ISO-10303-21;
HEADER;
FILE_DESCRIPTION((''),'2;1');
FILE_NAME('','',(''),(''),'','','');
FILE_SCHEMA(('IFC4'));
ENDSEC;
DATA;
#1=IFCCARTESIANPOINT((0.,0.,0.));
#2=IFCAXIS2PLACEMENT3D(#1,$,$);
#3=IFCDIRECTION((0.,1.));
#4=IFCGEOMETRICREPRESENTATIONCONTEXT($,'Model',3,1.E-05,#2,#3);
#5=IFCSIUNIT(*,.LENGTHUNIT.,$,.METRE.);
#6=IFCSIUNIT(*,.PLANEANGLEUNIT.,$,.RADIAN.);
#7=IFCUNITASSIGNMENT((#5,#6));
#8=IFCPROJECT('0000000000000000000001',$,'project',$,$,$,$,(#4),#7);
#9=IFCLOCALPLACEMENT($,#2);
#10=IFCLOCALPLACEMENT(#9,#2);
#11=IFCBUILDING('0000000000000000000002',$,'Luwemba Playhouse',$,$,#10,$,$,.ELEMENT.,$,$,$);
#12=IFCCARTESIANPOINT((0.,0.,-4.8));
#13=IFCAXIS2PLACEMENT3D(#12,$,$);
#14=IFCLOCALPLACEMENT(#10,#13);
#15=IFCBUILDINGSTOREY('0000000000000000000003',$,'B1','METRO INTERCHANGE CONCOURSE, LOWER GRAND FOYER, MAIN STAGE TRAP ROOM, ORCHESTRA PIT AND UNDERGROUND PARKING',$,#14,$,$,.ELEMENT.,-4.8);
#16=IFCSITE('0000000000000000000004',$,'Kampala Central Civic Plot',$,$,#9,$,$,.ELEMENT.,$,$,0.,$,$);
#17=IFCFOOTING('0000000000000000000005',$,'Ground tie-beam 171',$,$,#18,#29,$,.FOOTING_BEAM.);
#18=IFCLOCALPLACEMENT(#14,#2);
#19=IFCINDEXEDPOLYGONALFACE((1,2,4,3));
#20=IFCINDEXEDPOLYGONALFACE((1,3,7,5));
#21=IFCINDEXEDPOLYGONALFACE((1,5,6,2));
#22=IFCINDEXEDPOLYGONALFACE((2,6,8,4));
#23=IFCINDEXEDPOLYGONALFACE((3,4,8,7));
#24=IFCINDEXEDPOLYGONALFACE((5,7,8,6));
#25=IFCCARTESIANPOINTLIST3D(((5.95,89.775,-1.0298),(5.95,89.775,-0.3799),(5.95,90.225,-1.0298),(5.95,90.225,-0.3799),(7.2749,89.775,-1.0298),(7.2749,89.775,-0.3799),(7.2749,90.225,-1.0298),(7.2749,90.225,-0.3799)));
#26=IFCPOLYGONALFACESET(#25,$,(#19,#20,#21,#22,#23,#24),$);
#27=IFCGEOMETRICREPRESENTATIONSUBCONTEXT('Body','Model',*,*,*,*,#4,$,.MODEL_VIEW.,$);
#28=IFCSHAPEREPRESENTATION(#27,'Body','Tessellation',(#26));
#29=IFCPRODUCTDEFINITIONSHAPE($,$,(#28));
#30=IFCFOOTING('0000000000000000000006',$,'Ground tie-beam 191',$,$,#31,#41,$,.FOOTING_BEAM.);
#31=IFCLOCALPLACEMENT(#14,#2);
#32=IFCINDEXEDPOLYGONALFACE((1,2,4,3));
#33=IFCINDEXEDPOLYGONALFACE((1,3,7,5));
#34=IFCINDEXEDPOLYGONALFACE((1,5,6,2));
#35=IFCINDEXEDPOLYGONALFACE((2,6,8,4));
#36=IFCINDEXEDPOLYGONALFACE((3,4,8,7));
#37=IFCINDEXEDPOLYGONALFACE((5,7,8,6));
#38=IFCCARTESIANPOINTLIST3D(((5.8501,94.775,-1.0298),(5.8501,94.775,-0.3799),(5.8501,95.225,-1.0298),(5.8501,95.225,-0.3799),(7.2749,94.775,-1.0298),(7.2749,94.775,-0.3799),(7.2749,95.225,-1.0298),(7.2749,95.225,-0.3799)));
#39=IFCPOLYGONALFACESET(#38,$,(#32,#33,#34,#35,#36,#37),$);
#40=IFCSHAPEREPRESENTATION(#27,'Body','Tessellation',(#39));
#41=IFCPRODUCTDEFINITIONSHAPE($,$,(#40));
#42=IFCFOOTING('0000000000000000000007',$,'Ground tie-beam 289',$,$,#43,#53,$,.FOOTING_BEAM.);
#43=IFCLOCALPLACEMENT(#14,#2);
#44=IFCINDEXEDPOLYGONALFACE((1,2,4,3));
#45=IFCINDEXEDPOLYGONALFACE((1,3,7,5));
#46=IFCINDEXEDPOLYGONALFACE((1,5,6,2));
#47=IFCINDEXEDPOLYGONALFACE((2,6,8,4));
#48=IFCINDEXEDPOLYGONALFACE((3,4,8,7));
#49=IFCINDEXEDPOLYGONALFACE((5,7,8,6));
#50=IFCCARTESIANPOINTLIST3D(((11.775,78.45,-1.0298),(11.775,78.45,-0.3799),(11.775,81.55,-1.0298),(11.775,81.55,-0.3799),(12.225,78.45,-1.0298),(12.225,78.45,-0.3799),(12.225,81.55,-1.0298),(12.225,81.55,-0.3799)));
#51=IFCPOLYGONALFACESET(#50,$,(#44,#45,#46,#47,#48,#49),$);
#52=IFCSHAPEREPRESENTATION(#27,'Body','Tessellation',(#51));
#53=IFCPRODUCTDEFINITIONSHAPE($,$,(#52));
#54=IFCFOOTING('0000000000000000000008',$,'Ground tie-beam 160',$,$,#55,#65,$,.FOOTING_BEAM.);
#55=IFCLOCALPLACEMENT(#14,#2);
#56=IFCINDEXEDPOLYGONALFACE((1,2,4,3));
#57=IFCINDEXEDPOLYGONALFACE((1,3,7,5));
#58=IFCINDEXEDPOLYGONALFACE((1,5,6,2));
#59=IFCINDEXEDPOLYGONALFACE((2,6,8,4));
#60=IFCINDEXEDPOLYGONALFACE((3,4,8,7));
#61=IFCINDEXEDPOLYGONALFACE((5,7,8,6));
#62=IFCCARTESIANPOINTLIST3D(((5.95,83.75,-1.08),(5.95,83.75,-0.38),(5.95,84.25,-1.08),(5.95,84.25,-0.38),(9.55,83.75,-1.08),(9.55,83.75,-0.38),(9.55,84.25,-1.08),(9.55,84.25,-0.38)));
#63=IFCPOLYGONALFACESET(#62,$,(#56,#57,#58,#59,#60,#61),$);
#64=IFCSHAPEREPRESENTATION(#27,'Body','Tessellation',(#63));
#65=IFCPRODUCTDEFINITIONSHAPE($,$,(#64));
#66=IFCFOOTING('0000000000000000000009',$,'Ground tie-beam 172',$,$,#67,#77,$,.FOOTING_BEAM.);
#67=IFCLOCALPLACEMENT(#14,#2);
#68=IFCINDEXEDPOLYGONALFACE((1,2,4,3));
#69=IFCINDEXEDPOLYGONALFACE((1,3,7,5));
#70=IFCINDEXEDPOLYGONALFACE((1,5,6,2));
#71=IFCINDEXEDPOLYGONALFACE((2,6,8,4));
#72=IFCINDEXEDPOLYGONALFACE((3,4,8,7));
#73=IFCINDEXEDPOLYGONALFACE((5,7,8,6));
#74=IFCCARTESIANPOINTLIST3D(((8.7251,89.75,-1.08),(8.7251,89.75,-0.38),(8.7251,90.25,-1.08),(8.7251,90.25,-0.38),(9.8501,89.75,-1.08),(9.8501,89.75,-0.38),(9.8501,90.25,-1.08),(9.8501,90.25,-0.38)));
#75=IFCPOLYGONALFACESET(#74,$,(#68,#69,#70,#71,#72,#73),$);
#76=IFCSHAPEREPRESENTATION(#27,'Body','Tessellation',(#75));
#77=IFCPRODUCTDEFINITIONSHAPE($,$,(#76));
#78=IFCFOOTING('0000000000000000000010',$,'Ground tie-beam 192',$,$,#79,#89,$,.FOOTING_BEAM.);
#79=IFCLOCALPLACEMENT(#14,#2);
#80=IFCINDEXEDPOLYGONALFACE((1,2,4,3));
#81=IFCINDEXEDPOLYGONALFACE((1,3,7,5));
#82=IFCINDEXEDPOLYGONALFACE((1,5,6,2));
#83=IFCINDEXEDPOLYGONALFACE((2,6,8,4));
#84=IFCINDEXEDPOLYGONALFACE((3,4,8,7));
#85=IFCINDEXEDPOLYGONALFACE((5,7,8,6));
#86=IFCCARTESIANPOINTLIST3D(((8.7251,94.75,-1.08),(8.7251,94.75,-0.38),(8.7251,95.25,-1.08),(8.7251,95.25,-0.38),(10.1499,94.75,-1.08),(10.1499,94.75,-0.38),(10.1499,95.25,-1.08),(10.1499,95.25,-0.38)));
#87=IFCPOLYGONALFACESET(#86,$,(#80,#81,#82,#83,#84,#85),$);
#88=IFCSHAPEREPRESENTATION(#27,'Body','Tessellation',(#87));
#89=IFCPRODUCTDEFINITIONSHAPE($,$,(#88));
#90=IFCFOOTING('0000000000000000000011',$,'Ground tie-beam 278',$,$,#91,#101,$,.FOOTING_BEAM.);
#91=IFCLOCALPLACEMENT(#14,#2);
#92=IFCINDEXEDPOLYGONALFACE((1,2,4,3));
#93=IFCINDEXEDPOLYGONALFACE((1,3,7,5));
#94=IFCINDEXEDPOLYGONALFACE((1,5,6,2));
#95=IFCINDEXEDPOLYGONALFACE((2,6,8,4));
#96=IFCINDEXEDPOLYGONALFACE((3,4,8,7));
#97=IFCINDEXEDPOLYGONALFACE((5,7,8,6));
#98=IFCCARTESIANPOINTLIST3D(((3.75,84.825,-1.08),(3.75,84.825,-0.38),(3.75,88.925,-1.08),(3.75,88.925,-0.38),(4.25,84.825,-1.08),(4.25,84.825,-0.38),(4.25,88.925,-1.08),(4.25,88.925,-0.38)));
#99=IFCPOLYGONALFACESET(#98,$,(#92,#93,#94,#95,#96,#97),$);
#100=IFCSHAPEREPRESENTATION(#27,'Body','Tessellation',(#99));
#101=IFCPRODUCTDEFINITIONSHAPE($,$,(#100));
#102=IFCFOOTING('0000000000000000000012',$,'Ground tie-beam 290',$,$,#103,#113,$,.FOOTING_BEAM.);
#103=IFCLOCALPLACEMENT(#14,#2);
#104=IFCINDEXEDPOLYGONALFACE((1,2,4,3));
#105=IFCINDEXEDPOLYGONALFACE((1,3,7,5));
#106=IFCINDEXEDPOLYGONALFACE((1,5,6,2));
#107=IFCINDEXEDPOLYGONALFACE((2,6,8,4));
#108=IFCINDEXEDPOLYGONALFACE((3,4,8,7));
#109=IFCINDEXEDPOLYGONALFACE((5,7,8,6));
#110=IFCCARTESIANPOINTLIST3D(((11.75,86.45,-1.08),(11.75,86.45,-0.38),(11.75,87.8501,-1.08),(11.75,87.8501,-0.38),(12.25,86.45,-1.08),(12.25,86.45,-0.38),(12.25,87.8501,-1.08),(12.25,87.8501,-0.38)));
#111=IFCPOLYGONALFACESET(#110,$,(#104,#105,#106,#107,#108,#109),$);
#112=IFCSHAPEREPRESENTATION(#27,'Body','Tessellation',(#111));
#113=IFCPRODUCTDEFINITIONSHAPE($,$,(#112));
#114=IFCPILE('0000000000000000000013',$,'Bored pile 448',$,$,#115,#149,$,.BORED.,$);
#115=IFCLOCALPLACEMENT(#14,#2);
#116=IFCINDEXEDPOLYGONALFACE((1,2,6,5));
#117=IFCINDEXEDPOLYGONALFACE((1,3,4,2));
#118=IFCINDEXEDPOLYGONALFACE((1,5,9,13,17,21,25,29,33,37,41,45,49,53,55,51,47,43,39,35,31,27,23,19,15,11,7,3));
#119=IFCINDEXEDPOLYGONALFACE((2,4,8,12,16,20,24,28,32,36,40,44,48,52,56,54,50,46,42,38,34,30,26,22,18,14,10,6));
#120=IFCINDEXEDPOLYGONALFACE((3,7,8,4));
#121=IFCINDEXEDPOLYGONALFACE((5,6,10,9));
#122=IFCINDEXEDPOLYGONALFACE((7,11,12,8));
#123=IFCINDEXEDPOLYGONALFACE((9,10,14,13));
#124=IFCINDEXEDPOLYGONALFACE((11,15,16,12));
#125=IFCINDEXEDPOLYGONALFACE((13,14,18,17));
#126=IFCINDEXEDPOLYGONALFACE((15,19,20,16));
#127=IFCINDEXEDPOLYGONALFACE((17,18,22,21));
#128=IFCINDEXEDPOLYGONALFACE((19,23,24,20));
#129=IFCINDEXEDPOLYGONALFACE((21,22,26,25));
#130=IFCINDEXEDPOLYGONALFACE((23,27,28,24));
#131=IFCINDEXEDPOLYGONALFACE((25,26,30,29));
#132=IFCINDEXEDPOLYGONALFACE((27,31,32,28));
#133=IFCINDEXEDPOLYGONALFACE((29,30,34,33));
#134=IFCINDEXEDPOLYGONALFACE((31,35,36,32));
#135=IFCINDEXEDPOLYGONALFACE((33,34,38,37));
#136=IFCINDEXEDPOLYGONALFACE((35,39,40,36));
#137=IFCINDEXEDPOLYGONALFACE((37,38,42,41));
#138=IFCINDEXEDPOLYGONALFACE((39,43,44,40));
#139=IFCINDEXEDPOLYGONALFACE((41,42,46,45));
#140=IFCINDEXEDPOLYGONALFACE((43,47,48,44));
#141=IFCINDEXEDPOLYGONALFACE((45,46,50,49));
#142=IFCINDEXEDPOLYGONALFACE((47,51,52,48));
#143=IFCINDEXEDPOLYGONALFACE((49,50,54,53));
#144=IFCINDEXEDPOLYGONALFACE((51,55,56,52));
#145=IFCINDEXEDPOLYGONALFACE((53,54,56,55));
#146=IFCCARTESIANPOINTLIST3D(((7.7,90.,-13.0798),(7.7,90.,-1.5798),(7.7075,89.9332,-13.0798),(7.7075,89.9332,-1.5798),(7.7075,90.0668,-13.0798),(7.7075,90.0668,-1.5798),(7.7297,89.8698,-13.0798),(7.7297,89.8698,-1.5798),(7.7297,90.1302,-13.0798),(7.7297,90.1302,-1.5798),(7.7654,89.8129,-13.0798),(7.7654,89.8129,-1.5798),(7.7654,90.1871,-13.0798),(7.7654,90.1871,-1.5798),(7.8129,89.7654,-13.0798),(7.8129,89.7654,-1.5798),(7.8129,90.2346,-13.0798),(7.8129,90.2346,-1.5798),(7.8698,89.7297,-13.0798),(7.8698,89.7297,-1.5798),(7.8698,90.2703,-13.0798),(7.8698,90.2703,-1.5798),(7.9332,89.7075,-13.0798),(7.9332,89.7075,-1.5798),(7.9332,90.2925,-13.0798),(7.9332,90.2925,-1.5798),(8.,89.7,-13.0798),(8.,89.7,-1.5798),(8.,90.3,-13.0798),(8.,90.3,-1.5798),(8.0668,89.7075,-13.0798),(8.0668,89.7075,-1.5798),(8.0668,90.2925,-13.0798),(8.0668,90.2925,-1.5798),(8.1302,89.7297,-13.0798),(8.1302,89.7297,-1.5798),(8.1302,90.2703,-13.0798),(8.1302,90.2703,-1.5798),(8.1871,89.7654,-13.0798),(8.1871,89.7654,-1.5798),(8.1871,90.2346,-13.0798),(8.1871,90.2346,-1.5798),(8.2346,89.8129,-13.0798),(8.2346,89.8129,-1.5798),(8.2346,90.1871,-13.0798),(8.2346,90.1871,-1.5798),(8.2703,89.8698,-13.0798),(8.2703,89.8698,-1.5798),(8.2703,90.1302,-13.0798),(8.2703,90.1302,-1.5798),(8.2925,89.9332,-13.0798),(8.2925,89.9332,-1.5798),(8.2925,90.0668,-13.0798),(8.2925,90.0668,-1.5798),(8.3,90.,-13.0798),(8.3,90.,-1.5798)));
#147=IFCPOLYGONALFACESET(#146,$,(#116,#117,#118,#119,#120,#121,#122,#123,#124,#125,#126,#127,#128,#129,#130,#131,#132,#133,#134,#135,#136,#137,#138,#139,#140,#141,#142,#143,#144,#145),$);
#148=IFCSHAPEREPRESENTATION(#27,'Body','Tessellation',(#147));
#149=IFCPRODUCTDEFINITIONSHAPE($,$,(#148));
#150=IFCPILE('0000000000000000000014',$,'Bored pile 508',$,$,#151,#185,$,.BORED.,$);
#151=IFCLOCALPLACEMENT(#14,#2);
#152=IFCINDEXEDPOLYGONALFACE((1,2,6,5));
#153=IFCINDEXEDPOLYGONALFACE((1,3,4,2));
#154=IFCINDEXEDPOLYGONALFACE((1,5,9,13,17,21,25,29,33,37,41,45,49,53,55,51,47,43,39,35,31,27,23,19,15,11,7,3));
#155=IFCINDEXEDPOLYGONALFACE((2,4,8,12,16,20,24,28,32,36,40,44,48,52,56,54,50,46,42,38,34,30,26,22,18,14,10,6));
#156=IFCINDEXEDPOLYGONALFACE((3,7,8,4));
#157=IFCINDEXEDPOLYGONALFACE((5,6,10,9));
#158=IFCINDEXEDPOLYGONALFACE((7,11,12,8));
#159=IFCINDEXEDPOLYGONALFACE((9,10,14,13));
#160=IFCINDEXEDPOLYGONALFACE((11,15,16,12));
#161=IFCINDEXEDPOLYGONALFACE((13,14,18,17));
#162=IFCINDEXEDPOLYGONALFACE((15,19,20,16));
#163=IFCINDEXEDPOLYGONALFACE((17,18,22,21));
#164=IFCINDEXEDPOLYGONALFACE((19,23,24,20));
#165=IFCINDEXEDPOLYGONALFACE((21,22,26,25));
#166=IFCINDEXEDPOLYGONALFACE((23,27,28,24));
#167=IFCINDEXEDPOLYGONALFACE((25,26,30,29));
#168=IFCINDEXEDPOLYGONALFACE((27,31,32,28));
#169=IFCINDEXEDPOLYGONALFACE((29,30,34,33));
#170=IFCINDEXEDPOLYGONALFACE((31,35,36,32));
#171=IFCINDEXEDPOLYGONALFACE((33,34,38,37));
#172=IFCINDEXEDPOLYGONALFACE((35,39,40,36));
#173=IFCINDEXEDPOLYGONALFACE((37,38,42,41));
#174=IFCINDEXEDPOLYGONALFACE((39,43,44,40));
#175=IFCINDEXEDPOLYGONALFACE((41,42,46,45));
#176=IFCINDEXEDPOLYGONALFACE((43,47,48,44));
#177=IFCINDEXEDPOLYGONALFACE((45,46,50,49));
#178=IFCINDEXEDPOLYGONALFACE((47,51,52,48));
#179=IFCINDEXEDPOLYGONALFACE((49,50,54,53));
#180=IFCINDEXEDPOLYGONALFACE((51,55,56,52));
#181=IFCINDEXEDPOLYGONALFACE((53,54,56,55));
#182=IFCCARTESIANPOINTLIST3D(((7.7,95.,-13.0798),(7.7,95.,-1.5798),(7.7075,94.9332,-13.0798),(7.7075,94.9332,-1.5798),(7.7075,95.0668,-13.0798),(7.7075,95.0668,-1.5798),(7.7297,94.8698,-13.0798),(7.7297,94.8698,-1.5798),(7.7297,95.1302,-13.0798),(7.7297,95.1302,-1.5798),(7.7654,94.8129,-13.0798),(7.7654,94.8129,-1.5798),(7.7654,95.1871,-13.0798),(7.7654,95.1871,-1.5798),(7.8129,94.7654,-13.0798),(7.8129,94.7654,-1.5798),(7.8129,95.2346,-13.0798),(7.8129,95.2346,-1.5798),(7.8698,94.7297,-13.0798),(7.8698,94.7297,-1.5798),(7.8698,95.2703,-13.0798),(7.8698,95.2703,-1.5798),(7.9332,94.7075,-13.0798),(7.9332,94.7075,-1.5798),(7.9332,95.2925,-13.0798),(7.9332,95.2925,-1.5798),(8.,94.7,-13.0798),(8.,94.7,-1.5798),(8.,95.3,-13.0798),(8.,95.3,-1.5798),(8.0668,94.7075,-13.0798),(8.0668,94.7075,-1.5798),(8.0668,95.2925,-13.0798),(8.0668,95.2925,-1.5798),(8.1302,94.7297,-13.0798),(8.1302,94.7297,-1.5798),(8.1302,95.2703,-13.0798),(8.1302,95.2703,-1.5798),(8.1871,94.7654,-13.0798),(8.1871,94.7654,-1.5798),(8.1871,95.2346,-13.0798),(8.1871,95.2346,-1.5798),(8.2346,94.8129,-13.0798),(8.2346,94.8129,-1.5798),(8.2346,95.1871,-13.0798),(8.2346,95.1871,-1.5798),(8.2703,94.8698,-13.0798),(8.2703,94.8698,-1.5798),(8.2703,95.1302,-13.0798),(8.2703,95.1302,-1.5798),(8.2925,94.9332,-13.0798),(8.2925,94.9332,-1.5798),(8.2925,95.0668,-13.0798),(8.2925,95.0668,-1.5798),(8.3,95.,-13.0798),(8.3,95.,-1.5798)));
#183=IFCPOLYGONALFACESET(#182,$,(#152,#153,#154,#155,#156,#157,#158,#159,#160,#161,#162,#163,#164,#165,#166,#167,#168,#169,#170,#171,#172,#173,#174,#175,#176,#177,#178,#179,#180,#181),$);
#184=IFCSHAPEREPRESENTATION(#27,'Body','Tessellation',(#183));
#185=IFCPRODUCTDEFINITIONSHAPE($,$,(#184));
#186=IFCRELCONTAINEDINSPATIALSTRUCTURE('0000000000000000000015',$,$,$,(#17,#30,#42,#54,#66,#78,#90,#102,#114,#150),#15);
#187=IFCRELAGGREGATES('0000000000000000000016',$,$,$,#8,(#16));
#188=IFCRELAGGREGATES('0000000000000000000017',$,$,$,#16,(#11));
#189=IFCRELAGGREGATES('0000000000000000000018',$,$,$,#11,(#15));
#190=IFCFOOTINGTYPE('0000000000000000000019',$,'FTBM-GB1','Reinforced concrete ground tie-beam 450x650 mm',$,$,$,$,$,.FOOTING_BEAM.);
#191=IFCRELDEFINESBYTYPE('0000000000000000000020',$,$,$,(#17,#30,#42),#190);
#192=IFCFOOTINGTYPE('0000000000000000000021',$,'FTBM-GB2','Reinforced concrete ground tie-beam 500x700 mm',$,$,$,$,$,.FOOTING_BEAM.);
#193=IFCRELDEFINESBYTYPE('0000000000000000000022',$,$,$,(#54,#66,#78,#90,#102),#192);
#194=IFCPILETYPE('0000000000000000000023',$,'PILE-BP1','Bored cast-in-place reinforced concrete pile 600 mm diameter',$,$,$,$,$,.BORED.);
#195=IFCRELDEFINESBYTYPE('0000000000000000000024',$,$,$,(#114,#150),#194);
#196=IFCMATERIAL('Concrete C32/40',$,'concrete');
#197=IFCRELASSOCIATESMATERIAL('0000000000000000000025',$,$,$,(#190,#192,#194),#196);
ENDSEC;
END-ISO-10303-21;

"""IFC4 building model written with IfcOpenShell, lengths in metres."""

from ifc_helpers import new_model, si_unit, direction, frame, origin, origin_2d, place, context, subcontext, project, spatial, rectangle, circle, extrude, material, material_profile, profile_set, type_object, element, save


model = new_model("IFC4")

# Units and contexts
model_context = context("Model", 3, precision=1e-05, world=origin(), true_north=direction((0.0, 1.0)))
body_context = subcontext(model_context, "Body", "Model", "MODEL_VIEW")
ifc_project = project(units=[si_unit("LENGTHUNIT", "METRE"), si_unit("PLANEANGLEUNIT", "RADIAN")], contexts=[model_context])

# Site, building, storey
site_placement = place(None, origin())
site = spatial("IfcSite", under=ifc_project, at=site_placement, Name="Kampala Central Civic Plot", CompositionType="ELEMENT", RefElevation=0.0)
building_placement = place(site_placement, origin())
building = spatial("IfcBuilding", under=site, at=building_placement, Name="Luwemba Playhouse", CompositionType="ELEMENT")
storey_placement = place(building_placement, frame((0.0, 0.0, -4.8)))
storey = spatial("IfcBuildingStorey", under=building, at=storey_placement, Name="B1", Description="METRO INTERCHANGE CONCOURSE, LOWER GRAND FOYER, MAIN STAGE TRAP ROOM, ORCHESTRA PIT AND UNDERGROUND PARKING", CompositionType="ELEMENT", Elevation=-4.8)

# Footings
ifc_material_1 = material(Name="Concrete C32/40", Category="concrete")
ifc_material_profile_1 = material_profile(ifc_material_1, rectangle(XDim=0.45, YDim=0.6499, at=origin_2d()))
ifc_profile_set_1 = profile_set([ifc_material_profile_1], Name="Concrete C32/40")
footing_type_1 = type_object("IfcFootingType", Name="FTBM-GB1", Description="Reinforced concrete ground tie-beam 450x650 mm", PredefinedType="FOOTING_BEAM", material=ifc_profile_set_1)
footing_1_placement = place(storey_placement, frame((5.95, 90.0, -0.7048), z_axis=(1.0, 0.0, 0.0), x_axis=(0.0, 1.0, 0.0)))
element("IfcFooting", 1, at=footing_1_placement, inside=storey, type_object=footing_type_1, Name="Ground tie-beam 171", PredefinedType="FOOTING_BEAM", context=body_context, shape_type="SweptSolid", body=[
    extrude(rectangle(XDim=0.45, YDim=0.6499, at=origin_2d()), origin(), (0.0, 0.0, 1.0), 1.325),
])
footing_2_placement = place(storey_placement, frame((5.8501, 95.0, -0.7048), z_axis=(1.0, 0.0, 0.0), x_axis=(0.0, 1.0, 0.0)))
element("IfcFooting", 2, at=footing_2_placement, inside=storey, type_object=footing_type_1, Name="Ground tie-beam 191", PredefinedType="FOOTING_BEAM", context=body_context, shape_type="SweptSolid", body=[
    extrude(rectangle(XDim=0.45, YDim=0.6499, at=origin_2d()), origin(), (0.0, 0.0, 1.0), 1.4248),
])
footing_3_placement = place(storey_placement, frame((12.0, 78.45, -0.7048), z_axis=(0.0, 1.0, 0.0), x_axis=(-1.0, 0.0, 0.0)))
element("IfcFooting", 3, at=footing_3_placement, inside=storey, type_object=footing_type_1, Name="Ground tie-beam 289", PredefinedType="FOOTING_BEAM", context=body_context, shape_type="SweptSolid", body=[
    extrude(rectangle(XDim=0.45, YDim=0.6499, at=origin_2d()), origin(), (0.0, 0.0, 1.0), 3.1001),
])
ifc_material_profile_2 = material_profile(ifc_material_1, rectangle(XDim=0.5, YDim=0.7, at=origin_2d()))
ifc_profile_set_2 = profile_set([ifc_material_profile_2], Name="Concrete C32/40")
footing_type_2 = type_object("IfcFootingType", Name="FTBM-GB2", Description="Reinforced concrete ground tie-beam 500x700 mm", PredefinedType="FOOTING_BEAM", material=ifc_profile_set_2)
footing_4_placement = place(storey_placement, frame((5.95, 84.0, -0.73), z_axis=(1.0, 0.0, 0.0), x_axis=(0.0, 1.0, 0.0)))
element("IfcFooting", 4, at=footing_4_placement, inside=storey, type_object=footing_type_2, Name="Ground tie-beam 160", PredefinedType="FOOTING_BEAM", context=body_context, shape_type="SweptSolid", body=[
    extrude(rectangle(XDim=0.5, YDim=0.7, at=origin_2d()), origin(), (0.0, 0.0, 1.0), 3.6001),
])
footing_5_placement = place(storey_placement, frame((8.7251, 90.0, -0.73), z_axis=(1.0, 0.0, 0.0), x_axis=(0.0, 1.0, 0.0)))
element("IfcFooting", 5, at=footing_5_placement, inside=storey, type_object=footing_type_2, Name="Ground tie-beam 172", PredefinedType="FOOTING_BEAM", context=body_context, shape_type="SweptSolid", body=[
    extrude(rectangle(XDim=0.5, YDim=0.7, at=origin_2d()), origin(), (0.0, 0.0, 1.0), 1.125),
])
footing_6_placement = place(storey_placement, frame((8.7251, 95.0, -0.73), z_axis=(1.0, 0.0, 0.0), x_axis=(0.0, 1.0, 0.0)))
element("IfcFooting", 6, at=footing_6_placement, inside=storey, type_object=footing_type_2, Name="Ground tie-beam 192", PredefinedType="FOOTING_BEAM", context=body_context, shape_type="SweptSolid", body=[
    extrude(rectangle(XDim=0.5, YDim=0.7, at=origin_2d()), origin(), (0.0, 0.0, 1.0), 1.4248),
])
footing_7_placement = place(storey_placement, frame((4.0, 84.825, -0.73), z_axis=(0.0, 1.0, 0.0), x_axis=(-1.0, 0.0, 0.0)))
element("IfcFooting", 7, at=footing_7_placement, inside=storey, type_object=footing_type_2, Name="Ground tie-beam 278", PredefinedType="FOOTING_BEAM", context=body_context, shape_type="SweptSolid", body=[
    extrude(rectangle(XDim=0.5, YDim=0.7, at=origin_2d()), origin(), (0.0, 0.0, 1.0), 4.1001),
])
footing_8_placement = place(storey_placement, frame((12.0, 86.45, -0.73), z_axis=(0.0, 1.0, 0.0), x_axis=(-1.0, 0.0, 0.0)))
element("IfcFooting", 8, at=footing_8_placement, inside=storey, type_object=footing_type_2, Name="Ground tie-beam 290", PredefinedType="FOOTING_BEAM", context=body_context, shape_type="SweptSolid", body=[
    extrude(rectangle(XDim=0.5, YDim=0.7, at=origin_2d()), origin(), (0.0, 0.0, 1.0), 1.4001),
])

# Piles
ifc_material_profile_3 = material_profile(ifc_material_1, circle(Radius=0.3, at=origin_2d()))
ifc_profile_set_3 = profile_set([ifc_material_profile_3], Name="Concrete C32/40")
pile_type_1 = type_object("IfcPileType", Name="PILE-BP1", Description="Bored cast-in-place reinforced concrete pile 600 mm diameter", PredefinedType="BORED", material=ifc_profile_set_3)
for number, where, z_axis, x_axis, name in (
    (9, (8.0, 90.0, -1.5798), (0.0, 0.0, -1.0), (1.0, 0.0, 0.0), "Bored pile 448"),
    (10, (8.0, 95.0, -1.5798), (0.0, 0.0, -1.0), (1.0, 0.0, 0.0), "Bored pile 508"),
):
    element("IfcPile", number, at=place(storey_placement, frame(where, z_axis=z_axis, x_axis=x_axis)), inside=storey, type_object=pile_type_1, Name=name, PredefinedType="BORED", context=body_context, shape_type="SweptSolid", body=[
        extrude(circle(Radius=0.3, at=origin_2d()), origin(), (0.0, 0.0, 1.0), 11.5),
    ])

save(model, "model.ifc")
